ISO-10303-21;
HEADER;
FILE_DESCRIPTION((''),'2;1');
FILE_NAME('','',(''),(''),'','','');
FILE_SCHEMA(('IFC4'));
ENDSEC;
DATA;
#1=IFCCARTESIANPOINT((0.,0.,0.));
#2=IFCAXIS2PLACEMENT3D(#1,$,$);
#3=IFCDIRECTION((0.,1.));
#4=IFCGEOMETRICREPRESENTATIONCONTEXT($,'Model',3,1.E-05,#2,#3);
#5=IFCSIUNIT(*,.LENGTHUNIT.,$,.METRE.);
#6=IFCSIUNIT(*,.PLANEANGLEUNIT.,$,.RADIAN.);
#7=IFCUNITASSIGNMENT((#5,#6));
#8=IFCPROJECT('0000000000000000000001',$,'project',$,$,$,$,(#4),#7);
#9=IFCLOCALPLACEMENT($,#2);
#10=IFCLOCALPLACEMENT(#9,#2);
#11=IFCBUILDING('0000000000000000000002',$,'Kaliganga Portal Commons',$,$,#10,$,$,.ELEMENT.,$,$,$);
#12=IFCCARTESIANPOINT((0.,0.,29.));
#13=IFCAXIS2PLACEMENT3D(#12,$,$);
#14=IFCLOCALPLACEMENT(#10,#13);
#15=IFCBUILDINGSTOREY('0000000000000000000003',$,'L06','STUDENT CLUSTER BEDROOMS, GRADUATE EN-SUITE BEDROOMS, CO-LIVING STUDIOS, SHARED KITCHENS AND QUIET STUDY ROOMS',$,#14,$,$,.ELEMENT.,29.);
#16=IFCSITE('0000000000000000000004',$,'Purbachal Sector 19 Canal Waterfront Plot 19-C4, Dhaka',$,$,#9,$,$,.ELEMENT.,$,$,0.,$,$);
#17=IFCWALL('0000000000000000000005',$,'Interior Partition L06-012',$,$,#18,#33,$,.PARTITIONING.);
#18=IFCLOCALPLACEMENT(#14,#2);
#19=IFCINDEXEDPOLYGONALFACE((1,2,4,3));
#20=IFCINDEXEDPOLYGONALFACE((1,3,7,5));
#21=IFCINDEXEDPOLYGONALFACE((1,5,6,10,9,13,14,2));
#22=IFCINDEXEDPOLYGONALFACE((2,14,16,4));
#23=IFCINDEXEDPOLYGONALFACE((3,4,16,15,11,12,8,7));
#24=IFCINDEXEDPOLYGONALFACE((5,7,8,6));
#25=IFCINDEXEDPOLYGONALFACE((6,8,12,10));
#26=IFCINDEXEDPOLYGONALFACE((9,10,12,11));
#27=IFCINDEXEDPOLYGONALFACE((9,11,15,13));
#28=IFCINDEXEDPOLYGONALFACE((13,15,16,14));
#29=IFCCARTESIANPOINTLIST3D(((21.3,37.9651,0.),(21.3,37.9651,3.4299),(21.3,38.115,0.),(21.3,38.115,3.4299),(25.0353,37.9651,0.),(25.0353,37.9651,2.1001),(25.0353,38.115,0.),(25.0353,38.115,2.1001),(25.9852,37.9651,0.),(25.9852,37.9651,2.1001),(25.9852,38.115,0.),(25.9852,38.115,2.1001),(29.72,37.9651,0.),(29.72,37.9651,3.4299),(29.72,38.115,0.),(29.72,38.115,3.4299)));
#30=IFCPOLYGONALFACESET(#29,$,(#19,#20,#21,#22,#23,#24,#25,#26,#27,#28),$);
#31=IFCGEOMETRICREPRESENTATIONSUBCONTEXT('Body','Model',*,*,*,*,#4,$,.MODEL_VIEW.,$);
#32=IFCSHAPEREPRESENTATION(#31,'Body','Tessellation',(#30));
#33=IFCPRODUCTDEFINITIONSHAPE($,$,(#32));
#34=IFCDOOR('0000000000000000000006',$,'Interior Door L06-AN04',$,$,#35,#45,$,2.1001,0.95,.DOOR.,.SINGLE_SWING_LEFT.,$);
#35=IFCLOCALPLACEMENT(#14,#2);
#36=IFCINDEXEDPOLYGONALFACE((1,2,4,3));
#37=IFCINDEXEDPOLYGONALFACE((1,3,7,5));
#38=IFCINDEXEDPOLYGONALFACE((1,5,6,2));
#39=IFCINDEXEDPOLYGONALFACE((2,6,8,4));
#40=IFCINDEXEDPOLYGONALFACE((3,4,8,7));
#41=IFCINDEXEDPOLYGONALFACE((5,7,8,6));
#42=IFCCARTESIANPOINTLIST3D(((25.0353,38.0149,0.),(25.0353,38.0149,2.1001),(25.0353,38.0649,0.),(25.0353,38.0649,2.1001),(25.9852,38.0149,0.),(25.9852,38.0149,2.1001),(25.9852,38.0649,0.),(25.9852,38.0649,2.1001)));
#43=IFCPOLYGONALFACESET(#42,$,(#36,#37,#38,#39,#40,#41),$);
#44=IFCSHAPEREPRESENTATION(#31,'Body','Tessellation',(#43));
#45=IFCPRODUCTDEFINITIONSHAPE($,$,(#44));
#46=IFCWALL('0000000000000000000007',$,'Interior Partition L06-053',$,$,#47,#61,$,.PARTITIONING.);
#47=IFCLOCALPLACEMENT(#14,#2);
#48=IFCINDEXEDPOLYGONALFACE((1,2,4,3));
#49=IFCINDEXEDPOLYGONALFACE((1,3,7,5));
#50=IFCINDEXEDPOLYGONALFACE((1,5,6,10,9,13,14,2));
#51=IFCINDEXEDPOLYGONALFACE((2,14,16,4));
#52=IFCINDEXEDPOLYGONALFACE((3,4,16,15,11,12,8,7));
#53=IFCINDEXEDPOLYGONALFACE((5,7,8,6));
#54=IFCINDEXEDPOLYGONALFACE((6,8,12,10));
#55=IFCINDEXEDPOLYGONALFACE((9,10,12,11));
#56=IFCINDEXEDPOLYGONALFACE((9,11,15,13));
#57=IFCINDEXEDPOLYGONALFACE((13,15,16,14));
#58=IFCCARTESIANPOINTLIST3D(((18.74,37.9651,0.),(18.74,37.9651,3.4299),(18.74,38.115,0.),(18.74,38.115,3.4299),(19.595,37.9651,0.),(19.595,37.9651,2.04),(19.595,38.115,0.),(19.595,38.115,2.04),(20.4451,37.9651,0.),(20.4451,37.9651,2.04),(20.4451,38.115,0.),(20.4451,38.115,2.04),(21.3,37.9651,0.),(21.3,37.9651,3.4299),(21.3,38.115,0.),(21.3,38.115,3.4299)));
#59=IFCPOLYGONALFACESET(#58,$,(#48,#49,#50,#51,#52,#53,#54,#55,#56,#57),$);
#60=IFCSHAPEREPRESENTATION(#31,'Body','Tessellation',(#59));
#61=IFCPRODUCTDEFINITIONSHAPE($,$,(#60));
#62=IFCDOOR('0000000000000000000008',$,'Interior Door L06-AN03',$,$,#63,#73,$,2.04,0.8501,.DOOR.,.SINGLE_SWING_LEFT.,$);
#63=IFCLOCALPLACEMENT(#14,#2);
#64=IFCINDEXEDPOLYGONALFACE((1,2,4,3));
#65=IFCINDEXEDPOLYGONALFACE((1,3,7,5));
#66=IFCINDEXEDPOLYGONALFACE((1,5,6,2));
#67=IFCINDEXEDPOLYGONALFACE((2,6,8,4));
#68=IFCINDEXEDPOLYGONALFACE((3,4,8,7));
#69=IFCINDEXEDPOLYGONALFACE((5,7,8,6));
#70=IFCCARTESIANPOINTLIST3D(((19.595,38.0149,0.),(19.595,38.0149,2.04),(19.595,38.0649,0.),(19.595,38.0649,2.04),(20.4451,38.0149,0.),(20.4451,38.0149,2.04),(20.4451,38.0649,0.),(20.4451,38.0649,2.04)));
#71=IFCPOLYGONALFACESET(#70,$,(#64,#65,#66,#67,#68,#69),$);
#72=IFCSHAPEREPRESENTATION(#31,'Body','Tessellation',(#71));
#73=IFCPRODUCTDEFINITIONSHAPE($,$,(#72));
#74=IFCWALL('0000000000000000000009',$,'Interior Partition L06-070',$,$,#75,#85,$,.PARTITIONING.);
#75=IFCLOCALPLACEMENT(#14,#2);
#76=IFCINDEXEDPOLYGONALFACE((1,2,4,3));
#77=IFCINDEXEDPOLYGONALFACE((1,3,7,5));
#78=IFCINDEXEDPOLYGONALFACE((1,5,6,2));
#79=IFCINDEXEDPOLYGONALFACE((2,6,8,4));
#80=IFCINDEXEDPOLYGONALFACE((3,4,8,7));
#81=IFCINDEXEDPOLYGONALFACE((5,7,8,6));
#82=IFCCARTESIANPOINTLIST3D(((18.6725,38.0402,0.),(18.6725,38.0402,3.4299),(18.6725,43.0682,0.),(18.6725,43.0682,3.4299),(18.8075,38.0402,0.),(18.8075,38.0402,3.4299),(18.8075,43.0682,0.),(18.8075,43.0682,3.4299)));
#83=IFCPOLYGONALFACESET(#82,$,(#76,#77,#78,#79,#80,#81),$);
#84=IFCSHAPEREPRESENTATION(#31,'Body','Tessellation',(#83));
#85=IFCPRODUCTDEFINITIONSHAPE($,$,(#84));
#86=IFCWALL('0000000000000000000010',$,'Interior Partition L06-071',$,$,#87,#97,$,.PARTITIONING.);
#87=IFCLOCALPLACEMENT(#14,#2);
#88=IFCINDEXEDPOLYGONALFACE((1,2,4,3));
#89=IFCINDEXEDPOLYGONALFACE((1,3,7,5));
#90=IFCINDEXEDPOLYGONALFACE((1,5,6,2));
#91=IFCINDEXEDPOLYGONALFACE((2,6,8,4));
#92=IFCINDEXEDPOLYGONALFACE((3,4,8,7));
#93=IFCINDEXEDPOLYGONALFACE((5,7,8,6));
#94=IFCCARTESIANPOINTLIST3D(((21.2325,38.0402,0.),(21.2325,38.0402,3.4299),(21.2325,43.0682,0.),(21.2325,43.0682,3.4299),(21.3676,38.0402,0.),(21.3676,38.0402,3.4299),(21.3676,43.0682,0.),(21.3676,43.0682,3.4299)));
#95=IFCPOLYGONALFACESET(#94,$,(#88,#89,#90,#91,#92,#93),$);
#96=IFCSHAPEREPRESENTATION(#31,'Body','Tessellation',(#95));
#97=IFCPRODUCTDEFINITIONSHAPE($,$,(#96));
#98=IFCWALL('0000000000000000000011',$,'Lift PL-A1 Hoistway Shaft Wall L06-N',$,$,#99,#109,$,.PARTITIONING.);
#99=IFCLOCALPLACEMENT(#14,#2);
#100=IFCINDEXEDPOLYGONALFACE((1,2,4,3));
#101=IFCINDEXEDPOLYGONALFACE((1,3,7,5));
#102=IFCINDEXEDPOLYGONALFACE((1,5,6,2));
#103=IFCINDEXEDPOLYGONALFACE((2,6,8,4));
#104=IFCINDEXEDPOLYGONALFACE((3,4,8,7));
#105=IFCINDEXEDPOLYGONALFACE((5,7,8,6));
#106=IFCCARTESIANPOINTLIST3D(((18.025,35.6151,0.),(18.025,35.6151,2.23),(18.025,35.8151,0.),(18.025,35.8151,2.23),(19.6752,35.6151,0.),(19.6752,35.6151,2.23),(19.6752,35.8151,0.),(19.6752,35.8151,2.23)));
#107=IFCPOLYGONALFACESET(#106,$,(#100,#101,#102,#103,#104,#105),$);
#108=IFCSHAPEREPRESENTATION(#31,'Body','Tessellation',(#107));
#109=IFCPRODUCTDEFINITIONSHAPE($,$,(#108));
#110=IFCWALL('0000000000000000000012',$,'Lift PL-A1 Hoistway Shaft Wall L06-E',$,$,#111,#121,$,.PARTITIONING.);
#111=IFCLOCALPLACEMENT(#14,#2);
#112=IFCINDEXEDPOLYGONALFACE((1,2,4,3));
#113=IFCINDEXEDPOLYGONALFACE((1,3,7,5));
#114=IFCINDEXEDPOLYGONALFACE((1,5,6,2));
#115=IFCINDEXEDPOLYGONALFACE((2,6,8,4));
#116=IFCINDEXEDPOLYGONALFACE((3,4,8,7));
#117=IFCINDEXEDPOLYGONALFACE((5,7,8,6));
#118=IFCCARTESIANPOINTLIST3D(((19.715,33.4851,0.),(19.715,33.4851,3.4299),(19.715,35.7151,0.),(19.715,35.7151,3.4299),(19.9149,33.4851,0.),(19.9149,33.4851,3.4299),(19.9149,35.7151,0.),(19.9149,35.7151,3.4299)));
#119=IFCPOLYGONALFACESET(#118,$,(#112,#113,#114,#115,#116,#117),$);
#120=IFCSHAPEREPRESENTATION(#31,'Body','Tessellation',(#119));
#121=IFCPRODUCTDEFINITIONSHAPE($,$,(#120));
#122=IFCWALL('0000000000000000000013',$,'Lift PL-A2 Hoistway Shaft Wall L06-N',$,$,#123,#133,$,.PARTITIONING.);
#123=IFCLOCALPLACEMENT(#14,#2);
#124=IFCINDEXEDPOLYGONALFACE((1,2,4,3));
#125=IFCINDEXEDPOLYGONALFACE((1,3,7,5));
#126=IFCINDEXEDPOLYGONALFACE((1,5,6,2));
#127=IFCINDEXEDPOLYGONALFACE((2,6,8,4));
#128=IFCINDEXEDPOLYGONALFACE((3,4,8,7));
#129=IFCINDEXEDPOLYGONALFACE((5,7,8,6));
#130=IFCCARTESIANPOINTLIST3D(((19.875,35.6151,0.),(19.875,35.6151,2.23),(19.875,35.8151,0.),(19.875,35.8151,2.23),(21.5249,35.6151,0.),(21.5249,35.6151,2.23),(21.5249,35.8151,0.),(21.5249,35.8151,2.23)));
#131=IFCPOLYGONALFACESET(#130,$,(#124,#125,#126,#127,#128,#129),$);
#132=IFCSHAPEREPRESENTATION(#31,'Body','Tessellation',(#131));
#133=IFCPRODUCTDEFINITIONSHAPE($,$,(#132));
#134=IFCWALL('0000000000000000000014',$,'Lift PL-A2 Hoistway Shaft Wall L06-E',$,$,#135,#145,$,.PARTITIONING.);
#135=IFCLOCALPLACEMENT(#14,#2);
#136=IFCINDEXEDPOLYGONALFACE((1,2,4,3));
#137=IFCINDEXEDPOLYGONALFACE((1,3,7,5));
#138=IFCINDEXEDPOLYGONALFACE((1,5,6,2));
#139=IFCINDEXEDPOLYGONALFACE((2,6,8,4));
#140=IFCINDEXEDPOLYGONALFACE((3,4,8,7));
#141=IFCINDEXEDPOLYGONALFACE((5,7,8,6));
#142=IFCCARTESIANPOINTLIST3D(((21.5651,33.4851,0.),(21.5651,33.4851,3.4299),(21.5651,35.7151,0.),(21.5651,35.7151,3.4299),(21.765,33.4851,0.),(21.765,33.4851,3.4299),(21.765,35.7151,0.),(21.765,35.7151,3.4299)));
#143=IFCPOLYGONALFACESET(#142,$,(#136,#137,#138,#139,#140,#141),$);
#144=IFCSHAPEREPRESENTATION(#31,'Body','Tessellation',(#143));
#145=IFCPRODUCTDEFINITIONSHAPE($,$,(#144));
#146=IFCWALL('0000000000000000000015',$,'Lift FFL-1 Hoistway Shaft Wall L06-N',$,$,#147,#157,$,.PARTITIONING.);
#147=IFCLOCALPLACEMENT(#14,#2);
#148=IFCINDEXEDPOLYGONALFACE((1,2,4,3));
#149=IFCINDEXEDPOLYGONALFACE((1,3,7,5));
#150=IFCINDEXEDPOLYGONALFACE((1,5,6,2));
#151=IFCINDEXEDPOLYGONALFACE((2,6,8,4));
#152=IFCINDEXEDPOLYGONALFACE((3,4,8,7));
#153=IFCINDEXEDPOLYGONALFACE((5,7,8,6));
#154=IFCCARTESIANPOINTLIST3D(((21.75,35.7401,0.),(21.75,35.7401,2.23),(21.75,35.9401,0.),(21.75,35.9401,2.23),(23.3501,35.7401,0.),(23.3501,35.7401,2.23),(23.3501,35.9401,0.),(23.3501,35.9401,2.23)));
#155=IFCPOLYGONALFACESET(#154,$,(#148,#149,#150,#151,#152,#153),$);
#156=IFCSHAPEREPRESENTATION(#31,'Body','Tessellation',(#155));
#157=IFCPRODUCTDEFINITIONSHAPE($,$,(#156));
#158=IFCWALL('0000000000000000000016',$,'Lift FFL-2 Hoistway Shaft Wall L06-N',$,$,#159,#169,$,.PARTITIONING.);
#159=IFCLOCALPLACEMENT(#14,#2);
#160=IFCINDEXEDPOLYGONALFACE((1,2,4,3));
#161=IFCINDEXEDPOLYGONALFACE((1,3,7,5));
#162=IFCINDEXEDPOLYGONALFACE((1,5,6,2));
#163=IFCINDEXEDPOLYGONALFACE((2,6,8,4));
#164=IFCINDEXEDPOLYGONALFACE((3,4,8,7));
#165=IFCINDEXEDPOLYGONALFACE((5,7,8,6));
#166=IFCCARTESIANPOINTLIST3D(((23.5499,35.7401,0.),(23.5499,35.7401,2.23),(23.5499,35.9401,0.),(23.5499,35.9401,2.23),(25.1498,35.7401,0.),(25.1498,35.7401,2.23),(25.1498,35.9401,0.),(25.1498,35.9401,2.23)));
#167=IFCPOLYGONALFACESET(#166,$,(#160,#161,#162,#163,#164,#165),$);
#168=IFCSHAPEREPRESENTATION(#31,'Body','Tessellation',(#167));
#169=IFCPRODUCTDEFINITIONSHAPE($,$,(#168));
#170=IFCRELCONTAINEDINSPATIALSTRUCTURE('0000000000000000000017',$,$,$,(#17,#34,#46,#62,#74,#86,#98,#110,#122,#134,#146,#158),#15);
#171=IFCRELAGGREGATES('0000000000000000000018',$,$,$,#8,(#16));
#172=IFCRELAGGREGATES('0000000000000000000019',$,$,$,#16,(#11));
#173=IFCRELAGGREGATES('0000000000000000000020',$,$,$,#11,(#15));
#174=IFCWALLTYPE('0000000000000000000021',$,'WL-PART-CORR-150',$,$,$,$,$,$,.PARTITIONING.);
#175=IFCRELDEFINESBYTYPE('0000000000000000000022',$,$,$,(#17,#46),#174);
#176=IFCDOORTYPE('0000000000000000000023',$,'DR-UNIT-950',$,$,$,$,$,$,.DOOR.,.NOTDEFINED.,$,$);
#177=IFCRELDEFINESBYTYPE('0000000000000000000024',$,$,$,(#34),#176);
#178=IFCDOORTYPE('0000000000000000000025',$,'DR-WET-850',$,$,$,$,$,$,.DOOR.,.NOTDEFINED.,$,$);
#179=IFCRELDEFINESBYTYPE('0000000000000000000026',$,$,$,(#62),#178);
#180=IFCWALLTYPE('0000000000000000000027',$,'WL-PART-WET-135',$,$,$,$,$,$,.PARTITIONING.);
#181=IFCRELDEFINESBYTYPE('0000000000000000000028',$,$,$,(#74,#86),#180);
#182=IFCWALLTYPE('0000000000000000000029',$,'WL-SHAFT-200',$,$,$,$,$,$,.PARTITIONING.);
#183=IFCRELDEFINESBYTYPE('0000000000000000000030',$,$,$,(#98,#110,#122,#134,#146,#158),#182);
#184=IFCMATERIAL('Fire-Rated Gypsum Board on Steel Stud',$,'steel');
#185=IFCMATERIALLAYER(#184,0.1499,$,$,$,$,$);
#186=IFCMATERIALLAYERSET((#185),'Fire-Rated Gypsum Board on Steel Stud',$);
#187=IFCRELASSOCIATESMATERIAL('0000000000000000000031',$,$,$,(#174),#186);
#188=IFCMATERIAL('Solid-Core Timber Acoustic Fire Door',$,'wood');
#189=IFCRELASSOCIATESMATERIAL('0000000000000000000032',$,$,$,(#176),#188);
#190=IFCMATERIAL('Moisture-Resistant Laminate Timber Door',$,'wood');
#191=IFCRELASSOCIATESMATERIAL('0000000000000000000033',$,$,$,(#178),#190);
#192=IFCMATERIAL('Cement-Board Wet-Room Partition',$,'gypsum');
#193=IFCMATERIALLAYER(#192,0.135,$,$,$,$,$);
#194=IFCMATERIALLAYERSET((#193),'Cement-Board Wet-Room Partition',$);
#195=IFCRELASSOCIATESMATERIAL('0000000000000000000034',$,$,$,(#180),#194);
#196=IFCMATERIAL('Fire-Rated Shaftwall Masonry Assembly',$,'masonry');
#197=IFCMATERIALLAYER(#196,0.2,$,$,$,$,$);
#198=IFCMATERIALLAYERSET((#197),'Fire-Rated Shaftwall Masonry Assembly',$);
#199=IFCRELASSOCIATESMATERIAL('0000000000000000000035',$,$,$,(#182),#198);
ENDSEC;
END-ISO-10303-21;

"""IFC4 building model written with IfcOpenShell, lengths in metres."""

from ifc_helpers import new_model, si_unit, direction, frame, frame_2d, origin, place, context, subcontext, project, spatial, rectangle, extrude, material, layer, layer_set, type_object, element, fill, save


model = new_model("IFC4")

# Units and contexts
model_context = context("Model", 3, precision=1e-05, world=origin(), true_north=direction((0.0, 1.0)))
body_context = subcontext(model_context, "Body", "Model", "MODEL_VIEW")
ifc_project = project(units=[si_unit("LENGTHUNIT", "METRE"), si_unit("PLANEANGLEUNIT", "RADIAN")], contexts=[model_context])

# Site, building, storey
site_placement = place(None, origin())
site = spatial("IfcSite", under=ifc_project, at=site_placement, Name="Purbachal Sector 19 Canal Waterfront Plot 19-C4, Dhaka", CompositionType="ELEMENT", RefElevation=0.0)
building_placement = place(site_placement, origin())
building = spatial("IfcBuilding", under=site, at=building_placement, Name="Kaliganga Portal Commons", CompositionType="ELEMENT")
storey_placement = place(building_placement, frame((0.0, 0.0, 29.0)))
storey = spatial("IfcBuildingStorey", under=building, at=storey_placement, Name="L06", Description="STUDENT CLUSTER BEDROOMS, GRADUATE EN-SUITE BEDROOMS, CO-LIVING STUDIOS, SHARED KITCHENS AND QUIET STUDY ROOMS", CompositionType="ELEMENT", Elevation=29.0)

# Walls, openings, doors
ifc_material_1 = material(Name="Fire-Rated Gypsum Board on Steel Stud", Category="steel")
ifc_layer_1 = layer(ifc_material_1, 0.1499)
ifc_layer_set_1 = layer_set([ifc_layer_1], Name="Fire-Rated Gypsum Board on Steel Stud")
wall_type_1 = type_object("IfcWallType", Name="WL-PART-CORR-150", PredefinedType="PARTITIONING", material=ifc_layer_set_1)
wall_1_placement = place(storey_placement, frame((21.3, 38.04, 0.0), z_axis=(0.0, 0.0, 1.0), x_axis=(1.0, 0.0, 0.0)))
wall_1 = element("IfcWall", 1, at=wall_1_placement, inside=storey, type_object=wall_type_1, Name="Interior Partition L06-012", PredefinedType="PARTITIONING", context=body_context, shape_type="SweptSolid", body=[
    extrude(rectangle(XDim=8.4199, YDim=0.1499, at=frame_2d((4.21, 0.0))), origin(), (0.0, 0.0, 1.0), 3.4299),
])
opening_1_placement = place(wall_1_placement, frame((3.7351, 0.0, 0.0)))
opening_1 = element("IfcOpeningElement", 2, at=opening_1_placement, cuts=wall_1, PredefinedType="OPENING", context=body_context, shape_type="SweptSolid", body=[
    extrude(rectangle(XDim=0.95, YDim=2.1001, at=frame_2d((0.4751, 1.05))), frame((0.0, 0.085, 0.0), z_axis=(0.0, -1.0, 0.0), x_axis=(1.0, 0.0, 0.0)), (0.0, 0.0, 1.0), 0.1699),
])
ifc_material_2 = material(Name="Solid-Core Timber Acoustic Fire Door", Category="wood")
door_type_1 = type_object("IfcDoorType", Name="DR-UNIT-950", OperationType="NOTDEFINED", PredefinedType="DOOR", material=ifc_material_2)
door_1_placement = place(opening_1_placement, origin())
door_1 = element("IfcDoor", 3, at=door_1_placement, inside=storey, type_object=door_type_1, Name="Interior Door L06-AN04", OperationType="SINGLE_SWING_LEFT", OverallHeight=2.1001, OverallWidth=0.95, PredefinedType="DOOR", context=body_context, shape_type="SweptSolid", body=[
    extrude(rectangle(XDim=0.95, YDim=2.1001, at=frame_2d((0.4751, 1.05))), frame((0.0, 0.0249, 0.0), z_axis=(0.0, -1.0, 0.0), x_axis=(1.0, 0.0, 0.0)), (0.0, 0.0, 1.0), 0.05),
])
fill(opening_1, door_1)
wall_2_placement = place(storey_placement, frame((18.74, 38.04, 0.0), z_axis=(0.0, 0.0, 1.0), x_axis=(1.0, 0.0, 0.0)))
wall_2 = element("IfcWall", 4, at=wall_2_placement, inside=storey, type_object=wall_type_1, Name="Interior Partition L06-053", PredefinedType="PARTITIONING", context=body_context, shape_type="SweptSolid", body=[
    extrude(rectangle(XDim=2.5601, YDim=0.1499, at=frame_2d((1.28, 0.0))), origin(), (0.0, 0.0, 1.0), 3.4299),
])
opening_2_placement = place(wall_2_placement, frame((0.855, 0.0, 0.0)))
opening_2 = element("IfcOpeningElement", 5, at=opening_2_placement, cuts=wall_2, PredefinedType="OPENING", context=body_context, shape_type="SweptSolid", body=[
    extrude(rectangle(XDim=0.8501, YDim=2.04, at=frame_2d((0.425, 1.02))), frame((0.0, 0.085, 0.0), z_axis=(0.0, -1.0, 0.0), x_axis=(1.0, 0.0, 0.0)), (0.0, 0.0, 1.0), 0.1699),
])
ifc_material_3 = material(Name="Moisture-Resistant Laminate Timber Door", Category="wood")
door_type_2 = type_object("IfcDoorType", Name="DR-WET-850", OperationType="NOTDEFINED", PredefinedType="DOOR", material=ifc_material_3)
door_2_placement = place(opening_2_placement, origin())
door_2 = element("IfcDoor", 6, at=door_2_placement, inside=storey, type_object=door_type_2, Name="Interior Door L06-AN03", OperationType="SINGLE_SWING_LEFT", OverallHeight=2.04, OverallWidth=0.8501, PredefinedType="DOOR", context=body_context, shape_type="SweptSolid", body=[
    extrude(rectangle(XDim=0.8501, YDim=2.04, at=frame_2d((0.425, 1.02))), frame((0.0, 0.0249, 0.0), z_axis=(0.0, -1.0, 0.0), x_axis=(1.0, 0.0, 0.0)), (0.0, 0.0, 1.0), 0.05),
])
fill(opening_2, door_2)

# Walls
ifc_material_4 = material(Name="Cement-Board Wet-Room Partition", Category="gypsum")
ifc_layer_2 = layer(ifc_material_4, 0.135)
ifc_layer_set_2 = layer_set([ifc_layer_2], Name="Cement-Board Wet-Room Partition")
wall_type_2 = type_object("IfcWallType", Name="WL-PART-WET-135", PredefinedType="PARTITIONING", material=ifc_layer_set_2)
for number, where, z_axis, x_axis, name in (
    (7, (18.74, 38.04, 0.0), (0.0, 0.0, 1.0), (0.0, 1.0, 0.0), "Interior Partition L06-070"),
    (8, (21.3, 38.04, 0.0), (0.0, 0.0, 1.0), (0.0, 1.0, 0.0), "Interior Partition L06-071"),
):
    element("IfcWall", number, at=place(storey_placement, frame(where, z_axis=z_axis, x_axis=x_axis)), inside=storey, type_object=wall_type_2, Name=name, PredefinedType="PARTITIONING", context=body_context, shape_type="SweptSolid", body=[
        extrude(rectangle(XDim=5.0281, YDim=0.135, at=frame_2d((2.5142, 0.0))), origin(), (0.0, 0.0, 1.0), 3.4299),
    ])
ifc_material_5 = material(Name="Fire-Rated Shaftwall Masonry Assembly", Category="masonry")
ifc_layer_3 = layer(ifc_material_5, 0.2)
ifc_layer_set_3 = layer_set([ifc_layer_3], Name="Fire-Rated Shaftwall Masonry Assembly")
wall_type_3 = type_object("IfcWallType", Name="WL-SHAFT-200", PredefinedType="PARTITIONING", material=ifc_layer_set_3)
wall_3_placement = place(storey_placement, frame((18.0249, 35.7151, 0.0), z_axis=(0.0, 0.0, 1.0), x_axis=(1.0, 0.0, 0.0)))
element("IfcWall", 9, at=wall_3_placement, inside=storey, type_object=wall_type_3, Name="Lift PL-A1 Hoistway Shaft Wall L06-N", PredefinedType="PARTITIONING", context=body_context, shape_type="SweptSolid", body=[
    extrude(rectangle(XDim=1.6501, YDim=0.2, at=frame_2d((0.8252, 0.0))), origin(), (0.0, 0.0, 1.0), 2.23),
])
wall_4_placement = place(storey_placement, frame((19.8149, 33.4851, 0.0), z_axis=(0.0, 0.0, 1.0), x_axis=(0.0, 1.0, 0.0)))
element("IfcWall", 10, at=wall_4_placement, inside=storey, type_object=wall_type_3, Name="Lift PL-A1 Hoistway Shaft Wall L06-E", PredefinedType="PARTITIONING", context=body_context, shape_type="SweptSolid", body=[
    extrude(rectangle(XDim=2.23, YDim=0.2, at=frame_2d((1.115, 0.0))), origin(), (0.0, 0.0, 1.0), 3.4299),
])

# Walls
wall_5_placement = place(storey_placement, frame((19.875, 35.7151, 0.0), z_axis=(0.0, 0.0, 1.0), x_axis=(1.0, 0.0, 0.0)))
element("IfcWall", 11, at=wall_5_placement, inside=storey, type_object=wall_type_3, Name="Lift PL-A2 Hoistway Shaft Wall L06-N", PredefinedType="PARTITIONING", context=body_context, shape_type="SweptSolid", body=[
    extrude(rectangle(XDim=1.6499, YDim=0.2, at=frame_2d((0.825, 0.0))), origin(), (0.0, 0.0, 1.0), 2.23),
])
wall_6_placement = place(storey_placement, frame((21.665, 33.4851, 0.0), z_axis=(0.0, 0.0, 1.0), x_axis=(0.0, 1.0, 0.0)))
element("IfcWall", 12, at=wall_6_placement, inside=storey, type_object=wall_type_3, Name="Lift PL-A2 Hoistway Shaft Wall L06-E", PredefinedType="PARTITIONING", context=body_context, shape_type="SweptSolid", body=[
    extrude(rectangle(XDim=2.23, YDim=0.2, at=frame_2d((1.115, 0.0))), origin(), (0.0, 0.0, 1.0), 3.4299),
])
wall_7_placement = place(storey_placement, frame((21.75, 35.8401, 0.0), z_axis=(0.0, 0.0, 1.0), x_axis=(1.0, 0.0, 0.0)))
element("IfcWall", 13, at=wall_7_placement, inside=storey, type_object=wall_type_3, Name="Lift FFL-1 Hoistway Shaft Wall L06-N", PredefinedType="PARTITIONING", context=body_context, shape_type="SweptSolid", body=[
    extrude(rectangle(XDim=1.6001, YDim=0.2, at=frame_2d((0.8, 0.0))), origin(), (0.0, 0.0, 1.0), 2.23),
])
wall_8_placement = place(storey_placement, frame((23.55, 35.8401, 0.0), z_axis=(0.0, 0.0, 1.0), x_axis=(1.0, 0.0, 0.0)))
element("IfcWall", 14, at=wall_8_placement, inside=storey, type_object=wall_type_3, Name="Lift FFL-2 Hoistway Shaft Wall L06-N", PredefinedType="PARTITIONING", context=body_context, shape_type="SweptSolid", body=[
    extrude(rectangle(XDim=1.5999, YDim=0.2, at=frame_2d((0.7998, 0.0))), origin(), (0.0, 0.0, 1.0), 2.23),
])

save(model, "model.ifc")
